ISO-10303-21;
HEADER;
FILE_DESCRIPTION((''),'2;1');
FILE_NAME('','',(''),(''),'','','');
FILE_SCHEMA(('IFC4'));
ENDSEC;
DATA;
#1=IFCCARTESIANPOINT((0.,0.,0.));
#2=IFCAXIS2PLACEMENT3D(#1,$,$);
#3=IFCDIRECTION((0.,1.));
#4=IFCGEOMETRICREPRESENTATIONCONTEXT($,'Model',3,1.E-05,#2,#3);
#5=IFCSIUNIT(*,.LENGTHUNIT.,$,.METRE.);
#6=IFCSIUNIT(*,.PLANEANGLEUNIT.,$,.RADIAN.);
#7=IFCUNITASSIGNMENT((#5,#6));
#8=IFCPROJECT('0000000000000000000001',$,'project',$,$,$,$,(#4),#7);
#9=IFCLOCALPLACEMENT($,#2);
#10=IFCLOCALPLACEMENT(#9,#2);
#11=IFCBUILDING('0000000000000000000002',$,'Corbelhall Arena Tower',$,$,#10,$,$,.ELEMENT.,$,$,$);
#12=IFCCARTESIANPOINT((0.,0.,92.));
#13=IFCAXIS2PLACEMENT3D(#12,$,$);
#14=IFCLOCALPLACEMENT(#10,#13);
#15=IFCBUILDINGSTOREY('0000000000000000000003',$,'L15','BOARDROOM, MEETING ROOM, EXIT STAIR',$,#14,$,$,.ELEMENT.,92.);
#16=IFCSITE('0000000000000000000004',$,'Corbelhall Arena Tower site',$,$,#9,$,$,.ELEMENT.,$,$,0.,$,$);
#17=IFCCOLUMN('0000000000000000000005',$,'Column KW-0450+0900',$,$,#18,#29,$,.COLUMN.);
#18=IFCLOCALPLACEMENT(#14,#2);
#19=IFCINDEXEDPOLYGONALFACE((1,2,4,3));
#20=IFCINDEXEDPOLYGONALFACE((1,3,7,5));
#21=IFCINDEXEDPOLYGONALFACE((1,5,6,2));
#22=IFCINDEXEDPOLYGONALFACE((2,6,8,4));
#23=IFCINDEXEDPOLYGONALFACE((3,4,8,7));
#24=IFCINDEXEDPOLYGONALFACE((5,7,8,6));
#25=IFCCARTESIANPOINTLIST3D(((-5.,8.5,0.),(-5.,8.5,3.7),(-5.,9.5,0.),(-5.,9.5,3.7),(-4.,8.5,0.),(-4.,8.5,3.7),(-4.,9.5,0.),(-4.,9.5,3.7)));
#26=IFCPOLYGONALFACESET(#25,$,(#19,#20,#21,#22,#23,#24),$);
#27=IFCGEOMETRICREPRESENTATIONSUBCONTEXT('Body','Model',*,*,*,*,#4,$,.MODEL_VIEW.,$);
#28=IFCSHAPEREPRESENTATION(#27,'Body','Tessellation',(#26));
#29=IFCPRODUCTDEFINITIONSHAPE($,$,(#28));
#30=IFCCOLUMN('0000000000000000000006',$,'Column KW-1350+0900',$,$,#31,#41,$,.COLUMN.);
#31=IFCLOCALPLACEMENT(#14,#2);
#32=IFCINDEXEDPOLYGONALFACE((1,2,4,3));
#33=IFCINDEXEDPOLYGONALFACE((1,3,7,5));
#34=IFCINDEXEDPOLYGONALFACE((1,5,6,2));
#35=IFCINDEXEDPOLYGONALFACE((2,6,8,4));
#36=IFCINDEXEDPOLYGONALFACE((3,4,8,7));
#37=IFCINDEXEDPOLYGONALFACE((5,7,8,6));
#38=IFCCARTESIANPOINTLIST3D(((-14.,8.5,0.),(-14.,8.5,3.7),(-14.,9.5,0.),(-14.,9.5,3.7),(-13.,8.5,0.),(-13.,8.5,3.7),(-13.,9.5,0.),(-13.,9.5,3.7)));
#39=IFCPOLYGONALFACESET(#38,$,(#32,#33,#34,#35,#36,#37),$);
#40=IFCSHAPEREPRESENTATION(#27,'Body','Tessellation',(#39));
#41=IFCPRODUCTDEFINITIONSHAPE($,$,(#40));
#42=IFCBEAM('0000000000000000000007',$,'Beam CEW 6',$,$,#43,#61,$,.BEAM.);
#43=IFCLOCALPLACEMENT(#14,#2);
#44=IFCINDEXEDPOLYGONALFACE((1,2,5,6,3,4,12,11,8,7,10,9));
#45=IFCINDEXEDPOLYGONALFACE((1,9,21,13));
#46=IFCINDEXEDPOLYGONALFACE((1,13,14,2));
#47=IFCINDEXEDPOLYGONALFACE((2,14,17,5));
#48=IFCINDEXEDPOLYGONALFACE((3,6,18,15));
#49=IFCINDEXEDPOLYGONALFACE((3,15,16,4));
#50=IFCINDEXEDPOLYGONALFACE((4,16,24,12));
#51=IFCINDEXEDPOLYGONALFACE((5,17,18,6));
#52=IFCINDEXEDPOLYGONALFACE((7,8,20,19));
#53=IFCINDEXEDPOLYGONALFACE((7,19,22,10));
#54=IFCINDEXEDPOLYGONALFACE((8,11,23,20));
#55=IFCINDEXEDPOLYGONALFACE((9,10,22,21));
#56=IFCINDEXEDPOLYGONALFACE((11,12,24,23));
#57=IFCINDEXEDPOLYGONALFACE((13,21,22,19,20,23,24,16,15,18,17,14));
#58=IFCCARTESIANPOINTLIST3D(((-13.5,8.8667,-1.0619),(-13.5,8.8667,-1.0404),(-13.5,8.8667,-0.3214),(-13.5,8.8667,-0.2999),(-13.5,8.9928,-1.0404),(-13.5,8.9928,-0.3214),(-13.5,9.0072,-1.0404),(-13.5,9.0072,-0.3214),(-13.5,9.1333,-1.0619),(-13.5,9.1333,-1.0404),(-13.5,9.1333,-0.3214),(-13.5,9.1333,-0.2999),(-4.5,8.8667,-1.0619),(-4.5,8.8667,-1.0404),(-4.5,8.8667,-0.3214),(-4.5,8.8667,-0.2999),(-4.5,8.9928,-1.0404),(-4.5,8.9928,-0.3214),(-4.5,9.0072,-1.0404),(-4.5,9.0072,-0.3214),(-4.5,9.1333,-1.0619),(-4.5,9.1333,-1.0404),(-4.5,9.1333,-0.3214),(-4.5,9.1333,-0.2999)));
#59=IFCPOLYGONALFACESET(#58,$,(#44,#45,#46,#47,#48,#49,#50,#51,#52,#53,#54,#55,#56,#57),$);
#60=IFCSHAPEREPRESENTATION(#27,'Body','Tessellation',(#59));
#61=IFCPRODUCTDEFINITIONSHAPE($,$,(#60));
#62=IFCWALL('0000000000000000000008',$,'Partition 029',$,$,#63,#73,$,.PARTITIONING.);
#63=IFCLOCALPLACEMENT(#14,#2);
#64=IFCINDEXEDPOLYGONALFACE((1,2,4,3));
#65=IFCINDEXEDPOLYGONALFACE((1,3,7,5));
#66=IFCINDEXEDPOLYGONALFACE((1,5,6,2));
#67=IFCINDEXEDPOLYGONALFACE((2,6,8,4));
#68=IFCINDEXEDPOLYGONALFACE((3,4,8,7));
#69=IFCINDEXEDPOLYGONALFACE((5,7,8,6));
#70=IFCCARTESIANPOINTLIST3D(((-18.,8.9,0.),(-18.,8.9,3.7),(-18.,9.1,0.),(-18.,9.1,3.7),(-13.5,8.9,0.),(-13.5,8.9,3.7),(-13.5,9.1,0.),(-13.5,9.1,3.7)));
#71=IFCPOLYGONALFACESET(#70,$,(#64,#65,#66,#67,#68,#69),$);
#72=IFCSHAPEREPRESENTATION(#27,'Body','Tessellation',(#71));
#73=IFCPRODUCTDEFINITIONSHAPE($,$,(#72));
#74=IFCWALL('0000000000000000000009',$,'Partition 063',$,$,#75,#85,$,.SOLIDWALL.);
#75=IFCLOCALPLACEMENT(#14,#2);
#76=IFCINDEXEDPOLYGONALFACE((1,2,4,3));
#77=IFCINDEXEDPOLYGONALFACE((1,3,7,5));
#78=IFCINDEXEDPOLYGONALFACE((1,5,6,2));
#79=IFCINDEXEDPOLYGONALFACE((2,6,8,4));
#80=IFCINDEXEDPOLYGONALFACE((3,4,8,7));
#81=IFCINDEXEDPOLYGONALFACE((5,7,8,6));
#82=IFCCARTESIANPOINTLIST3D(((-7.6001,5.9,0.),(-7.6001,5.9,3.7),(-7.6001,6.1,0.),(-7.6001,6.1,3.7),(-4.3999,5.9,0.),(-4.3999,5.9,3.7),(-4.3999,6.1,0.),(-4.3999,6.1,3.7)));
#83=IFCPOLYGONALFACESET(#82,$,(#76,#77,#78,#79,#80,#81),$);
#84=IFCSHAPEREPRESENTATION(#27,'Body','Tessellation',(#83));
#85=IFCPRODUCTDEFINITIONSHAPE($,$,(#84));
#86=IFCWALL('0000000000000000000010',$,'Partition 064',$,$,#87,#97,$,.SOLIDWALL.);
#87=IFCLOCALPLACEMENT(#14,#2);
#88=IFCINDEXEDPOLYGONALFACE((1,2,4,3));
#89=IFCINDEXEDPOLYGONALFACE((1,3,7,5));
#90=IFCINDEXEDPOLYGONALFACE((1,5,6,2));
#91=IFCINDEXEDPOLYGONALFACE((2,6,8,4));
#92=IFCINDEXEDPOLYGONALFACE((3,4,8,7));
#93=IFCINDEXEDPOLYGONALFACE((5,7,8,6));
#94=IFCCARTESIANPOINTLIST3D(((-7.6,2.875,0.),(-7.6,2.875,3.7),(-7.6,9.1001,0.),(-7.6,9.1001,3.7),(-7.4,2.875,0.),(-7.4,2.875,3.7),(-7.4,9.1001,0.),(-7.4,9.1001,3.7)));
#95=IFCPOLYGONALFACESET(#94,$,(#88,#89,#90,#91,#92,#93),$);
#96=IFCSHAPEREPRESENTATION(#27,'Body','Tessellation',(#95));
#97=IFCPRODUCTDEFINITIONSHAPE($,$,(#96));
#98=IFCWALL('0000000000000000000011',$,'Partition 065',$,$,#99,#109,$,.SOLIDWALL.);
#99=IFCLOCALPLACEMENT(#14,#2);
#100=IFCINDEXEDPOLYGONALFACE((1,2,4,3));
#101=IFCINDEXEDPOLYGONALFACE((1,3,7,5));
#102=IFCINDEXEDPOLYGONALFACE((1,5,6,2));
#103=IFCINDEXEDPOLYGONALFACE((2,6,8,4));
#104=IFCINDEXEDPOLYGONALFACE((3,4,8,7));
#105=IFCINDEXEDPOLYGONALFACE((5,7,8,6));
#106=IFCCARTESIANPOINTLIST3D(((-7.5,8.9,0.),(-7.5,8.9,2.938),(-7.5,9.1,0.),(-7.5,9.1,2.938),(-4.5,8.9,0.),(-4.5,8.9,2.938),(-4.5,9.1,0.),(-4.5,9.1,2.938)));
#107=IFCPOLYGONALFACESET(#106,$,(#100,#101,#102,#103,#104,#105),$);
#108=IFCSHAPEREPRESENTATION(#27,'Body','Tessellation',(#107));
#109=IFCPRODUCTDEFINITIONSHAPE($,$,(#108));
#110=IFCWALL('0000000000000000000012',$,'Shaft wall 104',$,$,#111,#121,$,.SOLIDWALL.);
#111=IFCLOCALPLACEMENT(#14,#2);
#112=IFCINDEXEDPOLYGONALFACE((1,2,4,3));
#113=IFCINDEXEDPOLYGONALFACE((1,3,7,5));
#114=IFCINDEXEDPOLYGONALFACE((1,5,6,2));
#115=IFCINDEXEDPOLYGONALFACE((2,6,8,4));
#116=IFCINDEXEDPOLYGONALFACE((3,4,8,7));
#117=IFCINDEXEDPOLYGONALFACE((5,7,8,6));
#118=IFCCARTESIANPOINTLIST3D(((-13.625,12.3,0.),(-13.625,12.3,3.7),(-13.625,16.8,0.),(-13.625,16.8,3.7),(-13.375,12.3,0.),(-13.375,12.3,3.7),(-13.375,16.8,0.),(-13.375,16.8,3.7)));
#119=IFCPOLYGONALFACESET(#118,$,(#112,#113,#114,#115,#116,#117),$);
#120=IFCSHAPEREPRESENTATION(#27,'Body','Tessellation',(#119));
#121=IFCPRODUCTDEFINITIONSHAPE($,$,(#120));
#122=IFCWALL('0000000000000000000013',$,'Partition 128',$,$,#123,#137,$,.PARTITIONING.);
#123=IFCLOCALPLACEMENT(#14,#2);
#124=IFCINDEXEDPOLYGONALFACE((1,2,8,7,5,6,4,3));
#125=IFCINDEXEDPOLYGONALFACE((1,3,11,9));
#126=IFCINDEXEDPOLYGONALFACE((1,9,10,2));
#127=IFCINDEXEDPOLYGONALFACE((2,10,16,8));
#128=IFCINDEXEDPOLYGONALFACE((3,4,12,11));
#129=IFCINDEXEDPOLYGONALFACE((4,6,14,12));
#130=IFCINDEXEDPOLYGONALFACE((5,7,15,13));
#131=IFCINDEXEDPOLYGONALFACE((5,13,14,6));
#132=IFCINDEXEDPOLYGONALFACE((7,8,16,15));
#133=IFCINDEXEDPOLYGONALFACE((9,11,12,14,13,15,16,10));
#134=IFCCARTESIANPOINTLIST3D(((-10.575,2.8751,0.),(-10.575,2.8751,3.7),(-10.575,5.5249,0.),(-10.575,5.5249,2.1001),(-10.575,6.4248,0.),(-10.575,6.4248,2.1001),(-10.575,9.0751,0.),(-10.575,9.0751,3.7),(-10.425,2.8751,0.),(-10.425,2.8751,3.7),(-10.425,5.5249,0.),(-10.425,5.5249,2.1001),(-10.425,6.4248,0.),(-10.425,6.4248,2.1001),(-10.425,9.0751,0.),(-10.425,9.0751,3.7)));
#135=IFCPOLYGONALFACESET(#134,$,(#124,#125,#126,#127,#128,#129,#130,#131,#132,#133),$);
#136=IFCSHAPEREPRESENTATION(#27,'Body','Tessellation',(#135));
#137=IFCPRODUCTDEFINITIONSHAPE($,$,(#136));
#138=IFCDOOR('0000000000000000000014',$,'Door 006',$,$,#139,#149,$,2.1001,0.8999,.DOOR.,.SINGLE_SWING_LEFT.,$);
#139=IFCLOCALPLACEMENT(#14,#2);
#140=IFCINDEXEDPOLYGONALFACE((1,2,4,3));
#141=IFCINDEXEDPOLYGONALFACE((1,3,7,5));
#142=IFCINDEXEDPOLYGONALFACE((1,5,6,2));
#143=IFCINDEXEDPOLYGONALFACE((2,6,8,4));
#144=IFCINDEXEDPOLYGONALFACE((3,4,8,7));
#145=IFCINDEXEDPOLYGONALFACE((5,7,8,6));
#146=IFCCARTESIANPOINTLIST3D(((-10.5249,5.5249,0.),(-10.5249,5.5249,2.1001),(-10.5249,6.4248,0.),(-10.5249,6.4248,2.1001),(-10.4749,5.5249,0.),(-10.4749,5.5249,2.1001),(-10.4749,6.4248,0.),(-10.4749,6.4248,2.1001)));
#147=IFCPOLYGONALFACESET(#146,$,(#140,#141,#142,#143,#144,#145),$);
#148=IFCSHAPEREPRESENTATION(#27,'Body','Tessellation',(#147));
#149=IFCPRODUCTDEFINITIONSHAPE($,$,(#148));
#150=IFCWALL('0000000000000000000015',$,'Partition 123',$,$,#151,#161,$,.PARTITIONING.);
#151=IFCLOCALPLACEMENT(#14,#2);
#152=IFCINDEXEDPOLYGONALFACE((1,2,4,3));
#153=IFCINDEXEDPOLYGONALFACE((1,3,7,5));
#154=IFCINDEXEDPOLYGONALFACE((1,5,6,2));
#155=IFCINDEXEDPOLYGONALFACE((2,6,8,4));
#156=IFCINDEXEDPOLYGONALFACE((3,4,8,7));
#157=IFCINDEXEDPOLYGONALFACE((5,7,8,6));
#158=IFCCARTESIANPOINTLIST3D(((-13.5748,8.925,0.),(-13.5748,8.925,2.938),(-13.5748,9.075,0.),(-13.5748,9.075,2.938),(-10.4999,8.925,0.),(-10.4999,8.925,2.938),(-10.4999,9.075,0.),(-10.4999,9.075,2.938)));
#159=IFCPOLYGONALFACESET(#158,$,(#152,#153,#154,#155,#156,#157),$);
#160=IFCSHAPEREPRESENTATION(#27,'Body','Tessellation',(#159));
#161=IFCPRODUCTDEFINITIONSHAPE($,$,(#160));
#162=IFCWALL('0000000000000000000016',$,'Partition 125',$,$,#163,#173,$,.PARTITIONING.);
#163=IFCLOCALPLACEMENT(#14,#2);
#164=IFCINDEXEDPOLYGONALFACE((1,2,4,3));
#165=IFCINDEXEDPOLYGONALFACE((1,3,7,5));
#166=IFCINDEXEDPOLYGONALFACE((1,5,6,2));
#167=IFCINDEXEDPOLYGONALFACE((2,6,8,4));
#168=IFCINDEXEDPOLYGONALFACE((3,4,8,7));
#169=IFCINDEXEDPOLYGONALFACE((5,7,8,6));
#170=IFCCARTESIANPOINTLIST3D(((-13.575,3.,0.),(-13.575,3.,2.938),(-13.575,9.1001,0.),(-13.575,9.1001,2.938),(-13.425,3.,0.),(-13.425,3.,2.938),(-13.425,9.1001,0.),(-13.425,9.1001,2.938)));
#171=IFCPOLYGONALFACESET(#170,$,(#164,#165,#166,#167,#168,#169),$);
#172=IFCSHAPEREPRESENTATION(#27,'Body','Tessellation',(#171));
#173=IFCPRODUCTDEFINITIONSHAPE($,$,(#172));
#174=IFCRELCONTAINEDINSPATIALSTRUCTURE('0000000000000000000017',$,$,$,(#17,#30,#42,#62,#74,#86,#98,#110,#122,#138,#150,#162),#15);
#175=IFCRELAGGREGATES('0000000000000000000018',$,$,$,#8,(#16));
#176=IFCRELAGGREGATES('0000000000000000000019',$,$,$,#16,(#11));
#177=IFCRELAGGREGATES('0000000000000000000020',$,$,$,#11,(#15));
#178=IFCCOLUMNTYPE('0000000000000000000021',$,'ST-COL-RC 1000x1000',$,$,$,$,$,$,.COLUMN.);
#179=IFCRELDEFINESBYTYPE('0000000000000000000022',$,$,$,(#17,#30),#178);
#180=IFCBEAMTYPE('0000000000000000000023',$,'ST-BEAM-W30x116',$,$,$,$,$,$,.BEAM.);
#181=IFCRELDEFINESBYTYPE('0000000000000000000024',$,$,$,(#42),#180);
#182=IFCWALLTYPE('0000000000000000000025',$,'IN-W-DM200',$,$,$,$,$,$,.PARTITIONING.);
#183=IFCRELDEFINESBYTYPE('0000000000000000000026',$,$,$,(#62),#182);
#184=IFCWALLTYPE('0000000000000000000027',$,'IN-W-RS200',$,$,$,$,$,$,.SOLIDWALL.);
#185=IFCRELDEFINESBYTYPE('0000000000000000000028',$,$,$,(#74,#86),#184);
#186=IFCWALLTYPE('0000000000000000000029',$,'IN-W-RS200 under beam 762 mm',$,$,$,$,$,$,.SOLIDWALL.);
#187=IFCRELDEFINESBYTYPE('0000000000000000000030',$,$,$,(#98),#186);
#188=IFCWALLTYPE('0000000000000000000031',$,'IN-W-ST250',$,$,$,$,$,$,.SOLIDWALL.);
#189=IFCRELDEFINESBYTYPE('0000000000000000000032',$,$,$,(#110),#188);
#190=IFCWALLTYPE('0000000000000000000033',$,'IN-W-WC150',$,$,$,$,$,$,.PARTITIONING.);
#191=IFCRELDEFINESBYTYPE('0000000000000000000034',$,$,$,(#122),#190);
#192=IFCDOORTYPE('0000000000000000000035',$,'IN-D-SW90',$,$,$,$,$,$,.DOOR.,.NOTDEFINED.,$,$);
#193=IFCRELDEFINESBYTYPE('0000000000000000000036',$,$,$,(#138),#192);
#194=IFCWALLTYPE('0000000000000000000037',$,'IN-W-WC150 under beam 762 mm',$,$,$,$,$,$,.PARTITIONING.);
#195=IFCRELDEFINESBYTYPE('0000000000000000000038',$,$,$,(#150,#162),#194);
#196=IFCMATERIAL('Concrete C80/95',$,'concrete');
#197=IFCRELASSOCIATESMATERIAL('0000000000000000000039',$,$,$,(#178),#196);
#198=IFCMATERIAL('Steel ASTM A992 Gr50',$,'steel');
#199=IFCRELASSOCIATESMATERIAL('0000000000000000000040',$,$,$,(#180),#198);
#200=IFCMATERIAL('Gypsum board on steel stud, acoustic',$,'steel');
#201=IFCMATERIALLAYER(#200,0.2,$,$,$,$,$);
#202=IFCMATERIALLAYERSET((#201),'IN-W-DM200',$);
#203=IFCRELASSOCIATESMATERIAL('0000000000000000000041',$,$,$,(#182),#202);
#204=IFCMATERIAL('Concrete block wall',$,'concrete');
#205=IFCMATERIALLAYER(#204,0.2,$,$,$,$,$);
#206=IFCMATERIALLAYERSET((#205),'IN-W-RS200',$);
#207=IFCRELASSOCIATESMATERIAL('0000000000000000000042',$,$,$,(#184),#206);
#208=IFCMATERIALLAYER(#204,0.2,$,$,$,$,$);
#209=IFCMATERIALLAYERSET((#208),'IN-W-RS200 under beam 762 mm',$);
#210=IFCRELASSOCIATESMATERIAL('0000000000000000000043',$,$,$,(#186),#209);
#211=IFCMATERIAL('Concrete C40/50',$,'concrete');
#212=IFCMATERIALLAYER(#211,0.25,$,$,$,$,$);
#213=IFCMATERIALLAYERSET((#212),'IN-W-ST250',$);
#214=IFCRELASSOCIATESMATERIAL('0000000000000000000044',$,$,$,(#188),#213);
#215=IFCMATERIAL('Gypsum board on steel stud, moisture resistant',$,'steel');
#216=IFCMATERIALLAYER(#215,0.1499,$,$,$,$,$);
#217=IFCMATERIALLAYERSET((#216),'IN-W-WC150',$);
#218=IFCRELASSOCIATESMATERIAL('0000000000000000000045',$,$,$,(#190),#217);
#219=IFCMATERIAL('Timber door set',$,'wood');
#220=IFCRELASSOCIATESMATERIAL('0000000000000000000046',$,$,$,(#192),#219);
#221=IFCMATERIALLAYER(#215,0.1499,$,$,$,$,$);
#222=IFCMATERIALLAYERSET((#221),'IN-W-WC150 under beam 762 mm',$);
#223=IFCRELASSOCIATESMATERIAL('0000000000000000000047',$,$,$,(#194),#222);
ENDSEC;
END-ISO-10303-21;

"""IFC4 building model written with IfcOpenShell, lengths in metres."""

from ifc_helpers import new_model, si_unit, direction, frame, frame_2d, origin, origin_2d, place, context, subcontext, project, spatial, rectangle, i_section, extrude, material, layer, layer_set, material_profile, profile_set, type_object, element, fill, save


model = new_model("IFC4")

# Units and contexts
model_context = context("Model", 3, precision=1e-05, world=origin(), true_north=direction((0.0, 1.0)))
body_context = subcontext(model_context, "Body", "Model", "MODEL_VIEW")
ifc_project = project(units=[si_unit("LENGTHUNIT", "METRE"), si_unit("PLANEANGLEUNIT", "RADIAN")], contexts=[model_context])

# Site, building, storey
site_placement = place(None, origin())
site = spatial("IfcSite", under=ifc_project, at=site_placement, Name="Corbelhall Arena Tower site", CompositionType="ELEMENT", RefElevation=0.0)
building_placement = place(site_placement, origin())
building = spatial("IfcBuilding", under=site, at=building_placement, Name="Corbelhall Arena Tower", CompositionType="ELEMENT")
storey_placement = place(building_placement, frame((0.0, 0.0, 92.0)))
storey = spatial("IfcBuildingStorey", under=building, at=storey_placement, Name="L15", Description="BOARDROOM, MEETING ROOM, EXIT STAIR", CompositionType="ELEMENT", Elevation=92.0)

# Columns
ifc_material_1 = material(Name="Concrete C80/95", Category="concrete")
ifc_material_profile_1 = material_profile(ifc_material_1, rectangle(XDim=1.0, YDim=1.0, at=origin_2d()))
ifc_profile_set_1 = profile_set([ifc_material_profile_1], Name="Concrete C80/95")
column_type = type_object("IfcColumnType", Name="ST-COL-RC 1000x1000", PredefinedType="COLUMN", material=ifc_profile_set_1)
for number, where, z_axis, x_axis, name in (
    (1, (-4.5, 9.0, 0.0), (0.0, 0.0, 1.0), (1.0, 0.0, 0.0), "Column KW-0450+0900"),
    (2, (-13.5, 9.0, 0.0), (0.0, 0.0, 1.0), (1.0, 0.0, 0.0), "Column KW-1350+0900"),
):
    element("IfcColumn", number, at=place(storey_placement, frame(where, z_axis=z_axis, x_axis=x_axis)), inside=storey, type_object=column_type, Name=name, PredefinedType="COLUMN", context=body_context, shape_type="SweptSolid", body=[
        extrude(rectangle(XDim=1.0, YDim=1.0, at=origin_2d()), origin(), (0.0, 0.0, 1.0), 3.7),
    ])

# Beam
ifc_material_2 = material(Name="Steel ASTM A992 Gr50", Category="steel")
ifc_material_profile_2 = material_profile(ifc_material_2, i_section(OverallWidth=0.2666, OverallDepth=0.762, WebThickness=0.0144, FlangeThickness=0.0215, at=origin_2d()))
ifc_profile_set_2 = profile_set([ifc_material_profile_2], Name="Steel ASTM A992 Gr50")
beam_type = type_object("IfcBeamType", Name="ST-BEAM-W30x116", PredefinedType="BEAM", material=ifc_profile_set_2)
beam_placement = place(storey_placement, frame((-13.5, 9.0, -0.6809), z_axis=(1.0, 0.0, 0.0), x_axis=(0.0, 1.0, 0.0)))
element("IfcBeam", 3, at=beam_placement, inside=storey, type_object=beam_type, Name="Beam CEW 6", PredefinedType="BEAM", context=body_context, shape_type="SweptSolid", body=[
    extrude(i_section(OverallWidth=0.2666, OverallDepth=0.762, WebThickness=0.0144, FlangeThickness=0.0215, at=origin_2d()), origin(), (0.0, 0.0, 1.0), 9.0),
])

# Walls
ifc_material_3 = material(Name="Gypsum board on steel stud, acoustic", Category="steel")
ifc_layer_1 = layer(ifc_material_3, 0.2)
ifc_layer_set_1 = layer_set([ifc_layer_1], Name="IN-W-DM200")
wall_type_1 = type_object("IfcWallType", Name="IN-W-DM200", PredefinedType="PARTITIONING", material=ifc_layer_set_1)
wall_1_placement = place(storey_placement, frame((-13.5, 9.0, 0.0), z_axis=(0.0, 0.0, 1.0), x_axis=(-1.0, 0.0, 0.0)))
element("IfcWall", 4, at=wall_1_placement, inside=storey, type_object=wall_type_1, Name="Partition 029", PredefinedType="PARTITIONING", context=body_context, shape_type="SweptSolid", body=[
    extrude(rectangle(XDim=4.5, YDim=0.2, at=frame_2d((2.25, 0.0))), origin(), (0.0, 0.0, 1.0), 3.7),
])
ifc_material_4 = material(Name="Concrete block wall", Category="concrete")
ifc_layer_2 = layer(ifc_material_4, 0.2)
ifc_layer_set_2 = layer_set([ifc_layer_2], Name="IN-W-RS200")
wall_type_2 = type_object("IfcWallType", Name="IN-W-RS200", PredefinedType="SOLIDWALL", material=ifc_layer_set_2)
wall_2_placement = place(storey_placement, frame((-7.6001, 6.0, 0.0), z_axis=(0.0, 0.0, 1.0), x_axis=(1.0, 0.0, 0.0)))
element("IfcWall", 5, at=wall_2_placement, inside=storey, type_object=wall_type_2, Name="Partition 063", PredefinedType="SOLIDWALL", context=body_context, shape_type="SweptSolid", body=[
    extrude(rectangle(XDim=3.2002, YDim=0.2, at=frame_2d((1.6001, 0.0))), origin(), (0.0, 0.0, 1.0), 3.7),
])
wall_3_placement = place(storey_placement, frame((-7.5, 2.875, 0.0), z_axis=(0.0, 0.0, 1.0), x_axis=(0.0, 1.0, 0.0)))
element("IfcWall", 6, at=wall_3_placement, inside=storey, type_object=wall_type_2, Name="Partition 064", PredefinedType="SOLIDWALL", context=body_context, shape_type="SweptSolid", body=[
    extrude(rectangle(XDim=6.2251, YDim=0.2, at=frame_2d((3.1125, 0.0))), origin(), (0.0, 0.0, 1.0), 3.7),
])
ifc_layer_3 = layer(ifc_material_4, 0.2)
ifc_layer_set_3 = layer_set([ifc_layer_3], Name="IN-W-RS200 under beam 762 mm")
wall_type_3 = type_object("IfcWallType", Name="IN-W-RS200 under beam 762 mm", PredefinedType="SOLIDWALL", material=ifc_layer_set_3)
wall_4_placement = place(storey_placement, frame((-7.5, 9.0, 0.0), z_axis=(0.0, 0.0, 1.0), x_axis=(1.0, 0.0, 0.0)))
element("IfcWall", 7, at=wall_4_placement, inside=storey, type_object=wall_type_3, Name="Partition 065", PredefinedType="SOLIDWALL", context=body_context, shape_type="SweptSolid", body=[
    extrude(rectangle(XDim=3.0, YDim=0.2, at=frame_2d((1.5, 0.0))), origin(), (0.0, 0.0, 1.0), 2.938),
])

# Wall
ifc_material_5 = material(Name="Concrete C40/50", Category="concrete")
ifc_layer_4 = layer(ifc_material_5, 0.25)
ifc_layer_set_4 = layer_set([ifc_layer_4], Name="IN-W-ST250")
wall_type_4 = type_object("IfcWallType", Name="IN-W-ST250", PredefinedType="SOLIDWALL", material=ifc_layer_set_4)
wall_5_placement = place(storey_placement, frame((-13.5, 12.3, 0.0), z_axis=(0.0, 0.0, 1.0), x_axis=(0.0, 1.0, 0.0)))
element("IfcWall", 8, at=wall_5_placement, inside=storey, type_object=wall_type_4, Name="Shaft wall 104", PredefinedType="SOLIDWALL", context=body_context, shape_type="SweptSolid", body=[
    extrude(rectangle(XDim=4.5, YDim=0.25, at=frame_2d((2.25, 0.0))), origin(), (0.0, 0.0, 1.0), 3.7),
])

# Wall, opening, door
ifc_material_6 = material(Name="Gypsum board on steel stud, moisture resistant", Category="steel")
ifc_layer_5 = layer(ifc_material_6, 0.1499)
ifc_layer_set_5 = layer_set([ifc_layer_5], Name="IN-W-WC150")
wall_type_5 = type_object("IfcWallType", Name="IN-W-WC150", PredefinedType="PARTITIONING", material=ifc_layer_set_5)
wall_6_placement = place(storey_placement, frame((-10.5, 2.875, 0.0), z_axis=(0.0, 0.0, 1.0), x_axis=(0.0, 1.0, 0.0)))
wall_6 = element("IfcWall", 9, at=wall_6_placement, inside=storey, type_object=wall_type_5, Name="Partition 128", PredefinedType="PARTITIONING", context=body_context, shape_type="SweptSolid", body=[
    extrude(rectangle(XDim=6.2, YDim=0.1499, at=frame_2d((3.1001, 0.0))), origin(), (0.0, 0.0, 1.0), 3.7),
])
opening_1_placement = place(wall_6_placement, frame((2.6499, 0.0, 0.0)))
opening_1 = element("IfcOpeningElement", 10, at=opening_1_placement, cuts=wall_6, PredefinedType="OPENING", context=body_context, shape_type="SweptSolid", body=[
    extrude(rectangle(XDim=0.8999, YDim=2.1001, at=frame_2d((0.45, 1.05))), frame((0.0, 0.075, 0.0), z_axis=(0.0, -1.0, 0.0), x_axis=(1.0, 0.0, 0.0)), (0.0, 0.0, 1.0), 0.1499),
])
ifc_material_7 = material(Name="Timber door set", Category="wood")
door_type_1 = type_object("IfcDoorType", Name="IN-D-SW90", OperationType="NOTDEFINED", PredefinedType="DOOR", material=ifc_material_7)
door_1_placement = place(opening_1_placement, origin())
door_1 = element("IfcDoor", 11, at=door_1_placement, inside=storey, type_object=door_type_1, Name="Door 006", OperationType="SINGLE_SWING_LEFT", OverallHeight=2.1001, OverallWidth=0.8999, PredefinedType="DOOR", context=body_context, shape_type="SweptSolid", body=[
    extrude(rectangle(XDim=0.8999, YDim=2.1001, at=frame_2d((0.45, 1.05))), frame((0.0, 0.0249, 0.0), z_axis=(0.0, -1.0, 0.0), x_axis=(1.0, 0.0, 0.0)), (0.0, 0.0, 1.0), 0.05),
])
fill(opening_1, door_1)

# Walls
ifc_layer_6 = layer(ifc_material_6, 0.1499)
ifc_layer_set_6 = layer_set([ifc_layer_6], Name="IN-W-WC150 under beam 762 mm")
wall_type_6 = type_object("IfcWallType", Name="IN-W-WC150 under beam 762 mm", PredefinedType="PARTITIONING", material=ifc_layer_set_6)
wall_7_placement = place(storey_placement, frame((-13.575, 9.0, 0.0), z_axis=(0.0, 0.0, 1.0), x_axis=(1.0, 0.0, 0.0)))
element("IfcWall", 12, at=wall_7_placement, inside=storey, type_object=wall_type_6, Name="Partition 123", PredefinedType="PARTITIONING", context=body_context, shape_type="SweptSolid", body=[
    extrude(rectangle(XDim=3.075, YDim=0.1499, at=frame_2d((1.5376, 0.0))), origin(), (0.0, 0.0, 1.0), 2.938),
])
wall_8_placement = place(storey_placement, frame((-13.5, 3.0, 0.0), z_axis=(0.0, 0.0, 1.0), x_axis=(0.0, 1.0, 0.0)))
element("IfcWall", 13, at=wall_8_placement, inside=storey, type_object=wall_type_6, Name="Partition 125", PredefinedType="PARTITIONING", context=body_context, shape_type="SweptSolid", body=[
    extrude(rectangle(XDim=6.1001, YDim=0.1499, at=frame_2d((3.05, 0.0))), origin(), (0.0, 0.0, 1.0), 2.938),
])

save(model, "model.ifc")
